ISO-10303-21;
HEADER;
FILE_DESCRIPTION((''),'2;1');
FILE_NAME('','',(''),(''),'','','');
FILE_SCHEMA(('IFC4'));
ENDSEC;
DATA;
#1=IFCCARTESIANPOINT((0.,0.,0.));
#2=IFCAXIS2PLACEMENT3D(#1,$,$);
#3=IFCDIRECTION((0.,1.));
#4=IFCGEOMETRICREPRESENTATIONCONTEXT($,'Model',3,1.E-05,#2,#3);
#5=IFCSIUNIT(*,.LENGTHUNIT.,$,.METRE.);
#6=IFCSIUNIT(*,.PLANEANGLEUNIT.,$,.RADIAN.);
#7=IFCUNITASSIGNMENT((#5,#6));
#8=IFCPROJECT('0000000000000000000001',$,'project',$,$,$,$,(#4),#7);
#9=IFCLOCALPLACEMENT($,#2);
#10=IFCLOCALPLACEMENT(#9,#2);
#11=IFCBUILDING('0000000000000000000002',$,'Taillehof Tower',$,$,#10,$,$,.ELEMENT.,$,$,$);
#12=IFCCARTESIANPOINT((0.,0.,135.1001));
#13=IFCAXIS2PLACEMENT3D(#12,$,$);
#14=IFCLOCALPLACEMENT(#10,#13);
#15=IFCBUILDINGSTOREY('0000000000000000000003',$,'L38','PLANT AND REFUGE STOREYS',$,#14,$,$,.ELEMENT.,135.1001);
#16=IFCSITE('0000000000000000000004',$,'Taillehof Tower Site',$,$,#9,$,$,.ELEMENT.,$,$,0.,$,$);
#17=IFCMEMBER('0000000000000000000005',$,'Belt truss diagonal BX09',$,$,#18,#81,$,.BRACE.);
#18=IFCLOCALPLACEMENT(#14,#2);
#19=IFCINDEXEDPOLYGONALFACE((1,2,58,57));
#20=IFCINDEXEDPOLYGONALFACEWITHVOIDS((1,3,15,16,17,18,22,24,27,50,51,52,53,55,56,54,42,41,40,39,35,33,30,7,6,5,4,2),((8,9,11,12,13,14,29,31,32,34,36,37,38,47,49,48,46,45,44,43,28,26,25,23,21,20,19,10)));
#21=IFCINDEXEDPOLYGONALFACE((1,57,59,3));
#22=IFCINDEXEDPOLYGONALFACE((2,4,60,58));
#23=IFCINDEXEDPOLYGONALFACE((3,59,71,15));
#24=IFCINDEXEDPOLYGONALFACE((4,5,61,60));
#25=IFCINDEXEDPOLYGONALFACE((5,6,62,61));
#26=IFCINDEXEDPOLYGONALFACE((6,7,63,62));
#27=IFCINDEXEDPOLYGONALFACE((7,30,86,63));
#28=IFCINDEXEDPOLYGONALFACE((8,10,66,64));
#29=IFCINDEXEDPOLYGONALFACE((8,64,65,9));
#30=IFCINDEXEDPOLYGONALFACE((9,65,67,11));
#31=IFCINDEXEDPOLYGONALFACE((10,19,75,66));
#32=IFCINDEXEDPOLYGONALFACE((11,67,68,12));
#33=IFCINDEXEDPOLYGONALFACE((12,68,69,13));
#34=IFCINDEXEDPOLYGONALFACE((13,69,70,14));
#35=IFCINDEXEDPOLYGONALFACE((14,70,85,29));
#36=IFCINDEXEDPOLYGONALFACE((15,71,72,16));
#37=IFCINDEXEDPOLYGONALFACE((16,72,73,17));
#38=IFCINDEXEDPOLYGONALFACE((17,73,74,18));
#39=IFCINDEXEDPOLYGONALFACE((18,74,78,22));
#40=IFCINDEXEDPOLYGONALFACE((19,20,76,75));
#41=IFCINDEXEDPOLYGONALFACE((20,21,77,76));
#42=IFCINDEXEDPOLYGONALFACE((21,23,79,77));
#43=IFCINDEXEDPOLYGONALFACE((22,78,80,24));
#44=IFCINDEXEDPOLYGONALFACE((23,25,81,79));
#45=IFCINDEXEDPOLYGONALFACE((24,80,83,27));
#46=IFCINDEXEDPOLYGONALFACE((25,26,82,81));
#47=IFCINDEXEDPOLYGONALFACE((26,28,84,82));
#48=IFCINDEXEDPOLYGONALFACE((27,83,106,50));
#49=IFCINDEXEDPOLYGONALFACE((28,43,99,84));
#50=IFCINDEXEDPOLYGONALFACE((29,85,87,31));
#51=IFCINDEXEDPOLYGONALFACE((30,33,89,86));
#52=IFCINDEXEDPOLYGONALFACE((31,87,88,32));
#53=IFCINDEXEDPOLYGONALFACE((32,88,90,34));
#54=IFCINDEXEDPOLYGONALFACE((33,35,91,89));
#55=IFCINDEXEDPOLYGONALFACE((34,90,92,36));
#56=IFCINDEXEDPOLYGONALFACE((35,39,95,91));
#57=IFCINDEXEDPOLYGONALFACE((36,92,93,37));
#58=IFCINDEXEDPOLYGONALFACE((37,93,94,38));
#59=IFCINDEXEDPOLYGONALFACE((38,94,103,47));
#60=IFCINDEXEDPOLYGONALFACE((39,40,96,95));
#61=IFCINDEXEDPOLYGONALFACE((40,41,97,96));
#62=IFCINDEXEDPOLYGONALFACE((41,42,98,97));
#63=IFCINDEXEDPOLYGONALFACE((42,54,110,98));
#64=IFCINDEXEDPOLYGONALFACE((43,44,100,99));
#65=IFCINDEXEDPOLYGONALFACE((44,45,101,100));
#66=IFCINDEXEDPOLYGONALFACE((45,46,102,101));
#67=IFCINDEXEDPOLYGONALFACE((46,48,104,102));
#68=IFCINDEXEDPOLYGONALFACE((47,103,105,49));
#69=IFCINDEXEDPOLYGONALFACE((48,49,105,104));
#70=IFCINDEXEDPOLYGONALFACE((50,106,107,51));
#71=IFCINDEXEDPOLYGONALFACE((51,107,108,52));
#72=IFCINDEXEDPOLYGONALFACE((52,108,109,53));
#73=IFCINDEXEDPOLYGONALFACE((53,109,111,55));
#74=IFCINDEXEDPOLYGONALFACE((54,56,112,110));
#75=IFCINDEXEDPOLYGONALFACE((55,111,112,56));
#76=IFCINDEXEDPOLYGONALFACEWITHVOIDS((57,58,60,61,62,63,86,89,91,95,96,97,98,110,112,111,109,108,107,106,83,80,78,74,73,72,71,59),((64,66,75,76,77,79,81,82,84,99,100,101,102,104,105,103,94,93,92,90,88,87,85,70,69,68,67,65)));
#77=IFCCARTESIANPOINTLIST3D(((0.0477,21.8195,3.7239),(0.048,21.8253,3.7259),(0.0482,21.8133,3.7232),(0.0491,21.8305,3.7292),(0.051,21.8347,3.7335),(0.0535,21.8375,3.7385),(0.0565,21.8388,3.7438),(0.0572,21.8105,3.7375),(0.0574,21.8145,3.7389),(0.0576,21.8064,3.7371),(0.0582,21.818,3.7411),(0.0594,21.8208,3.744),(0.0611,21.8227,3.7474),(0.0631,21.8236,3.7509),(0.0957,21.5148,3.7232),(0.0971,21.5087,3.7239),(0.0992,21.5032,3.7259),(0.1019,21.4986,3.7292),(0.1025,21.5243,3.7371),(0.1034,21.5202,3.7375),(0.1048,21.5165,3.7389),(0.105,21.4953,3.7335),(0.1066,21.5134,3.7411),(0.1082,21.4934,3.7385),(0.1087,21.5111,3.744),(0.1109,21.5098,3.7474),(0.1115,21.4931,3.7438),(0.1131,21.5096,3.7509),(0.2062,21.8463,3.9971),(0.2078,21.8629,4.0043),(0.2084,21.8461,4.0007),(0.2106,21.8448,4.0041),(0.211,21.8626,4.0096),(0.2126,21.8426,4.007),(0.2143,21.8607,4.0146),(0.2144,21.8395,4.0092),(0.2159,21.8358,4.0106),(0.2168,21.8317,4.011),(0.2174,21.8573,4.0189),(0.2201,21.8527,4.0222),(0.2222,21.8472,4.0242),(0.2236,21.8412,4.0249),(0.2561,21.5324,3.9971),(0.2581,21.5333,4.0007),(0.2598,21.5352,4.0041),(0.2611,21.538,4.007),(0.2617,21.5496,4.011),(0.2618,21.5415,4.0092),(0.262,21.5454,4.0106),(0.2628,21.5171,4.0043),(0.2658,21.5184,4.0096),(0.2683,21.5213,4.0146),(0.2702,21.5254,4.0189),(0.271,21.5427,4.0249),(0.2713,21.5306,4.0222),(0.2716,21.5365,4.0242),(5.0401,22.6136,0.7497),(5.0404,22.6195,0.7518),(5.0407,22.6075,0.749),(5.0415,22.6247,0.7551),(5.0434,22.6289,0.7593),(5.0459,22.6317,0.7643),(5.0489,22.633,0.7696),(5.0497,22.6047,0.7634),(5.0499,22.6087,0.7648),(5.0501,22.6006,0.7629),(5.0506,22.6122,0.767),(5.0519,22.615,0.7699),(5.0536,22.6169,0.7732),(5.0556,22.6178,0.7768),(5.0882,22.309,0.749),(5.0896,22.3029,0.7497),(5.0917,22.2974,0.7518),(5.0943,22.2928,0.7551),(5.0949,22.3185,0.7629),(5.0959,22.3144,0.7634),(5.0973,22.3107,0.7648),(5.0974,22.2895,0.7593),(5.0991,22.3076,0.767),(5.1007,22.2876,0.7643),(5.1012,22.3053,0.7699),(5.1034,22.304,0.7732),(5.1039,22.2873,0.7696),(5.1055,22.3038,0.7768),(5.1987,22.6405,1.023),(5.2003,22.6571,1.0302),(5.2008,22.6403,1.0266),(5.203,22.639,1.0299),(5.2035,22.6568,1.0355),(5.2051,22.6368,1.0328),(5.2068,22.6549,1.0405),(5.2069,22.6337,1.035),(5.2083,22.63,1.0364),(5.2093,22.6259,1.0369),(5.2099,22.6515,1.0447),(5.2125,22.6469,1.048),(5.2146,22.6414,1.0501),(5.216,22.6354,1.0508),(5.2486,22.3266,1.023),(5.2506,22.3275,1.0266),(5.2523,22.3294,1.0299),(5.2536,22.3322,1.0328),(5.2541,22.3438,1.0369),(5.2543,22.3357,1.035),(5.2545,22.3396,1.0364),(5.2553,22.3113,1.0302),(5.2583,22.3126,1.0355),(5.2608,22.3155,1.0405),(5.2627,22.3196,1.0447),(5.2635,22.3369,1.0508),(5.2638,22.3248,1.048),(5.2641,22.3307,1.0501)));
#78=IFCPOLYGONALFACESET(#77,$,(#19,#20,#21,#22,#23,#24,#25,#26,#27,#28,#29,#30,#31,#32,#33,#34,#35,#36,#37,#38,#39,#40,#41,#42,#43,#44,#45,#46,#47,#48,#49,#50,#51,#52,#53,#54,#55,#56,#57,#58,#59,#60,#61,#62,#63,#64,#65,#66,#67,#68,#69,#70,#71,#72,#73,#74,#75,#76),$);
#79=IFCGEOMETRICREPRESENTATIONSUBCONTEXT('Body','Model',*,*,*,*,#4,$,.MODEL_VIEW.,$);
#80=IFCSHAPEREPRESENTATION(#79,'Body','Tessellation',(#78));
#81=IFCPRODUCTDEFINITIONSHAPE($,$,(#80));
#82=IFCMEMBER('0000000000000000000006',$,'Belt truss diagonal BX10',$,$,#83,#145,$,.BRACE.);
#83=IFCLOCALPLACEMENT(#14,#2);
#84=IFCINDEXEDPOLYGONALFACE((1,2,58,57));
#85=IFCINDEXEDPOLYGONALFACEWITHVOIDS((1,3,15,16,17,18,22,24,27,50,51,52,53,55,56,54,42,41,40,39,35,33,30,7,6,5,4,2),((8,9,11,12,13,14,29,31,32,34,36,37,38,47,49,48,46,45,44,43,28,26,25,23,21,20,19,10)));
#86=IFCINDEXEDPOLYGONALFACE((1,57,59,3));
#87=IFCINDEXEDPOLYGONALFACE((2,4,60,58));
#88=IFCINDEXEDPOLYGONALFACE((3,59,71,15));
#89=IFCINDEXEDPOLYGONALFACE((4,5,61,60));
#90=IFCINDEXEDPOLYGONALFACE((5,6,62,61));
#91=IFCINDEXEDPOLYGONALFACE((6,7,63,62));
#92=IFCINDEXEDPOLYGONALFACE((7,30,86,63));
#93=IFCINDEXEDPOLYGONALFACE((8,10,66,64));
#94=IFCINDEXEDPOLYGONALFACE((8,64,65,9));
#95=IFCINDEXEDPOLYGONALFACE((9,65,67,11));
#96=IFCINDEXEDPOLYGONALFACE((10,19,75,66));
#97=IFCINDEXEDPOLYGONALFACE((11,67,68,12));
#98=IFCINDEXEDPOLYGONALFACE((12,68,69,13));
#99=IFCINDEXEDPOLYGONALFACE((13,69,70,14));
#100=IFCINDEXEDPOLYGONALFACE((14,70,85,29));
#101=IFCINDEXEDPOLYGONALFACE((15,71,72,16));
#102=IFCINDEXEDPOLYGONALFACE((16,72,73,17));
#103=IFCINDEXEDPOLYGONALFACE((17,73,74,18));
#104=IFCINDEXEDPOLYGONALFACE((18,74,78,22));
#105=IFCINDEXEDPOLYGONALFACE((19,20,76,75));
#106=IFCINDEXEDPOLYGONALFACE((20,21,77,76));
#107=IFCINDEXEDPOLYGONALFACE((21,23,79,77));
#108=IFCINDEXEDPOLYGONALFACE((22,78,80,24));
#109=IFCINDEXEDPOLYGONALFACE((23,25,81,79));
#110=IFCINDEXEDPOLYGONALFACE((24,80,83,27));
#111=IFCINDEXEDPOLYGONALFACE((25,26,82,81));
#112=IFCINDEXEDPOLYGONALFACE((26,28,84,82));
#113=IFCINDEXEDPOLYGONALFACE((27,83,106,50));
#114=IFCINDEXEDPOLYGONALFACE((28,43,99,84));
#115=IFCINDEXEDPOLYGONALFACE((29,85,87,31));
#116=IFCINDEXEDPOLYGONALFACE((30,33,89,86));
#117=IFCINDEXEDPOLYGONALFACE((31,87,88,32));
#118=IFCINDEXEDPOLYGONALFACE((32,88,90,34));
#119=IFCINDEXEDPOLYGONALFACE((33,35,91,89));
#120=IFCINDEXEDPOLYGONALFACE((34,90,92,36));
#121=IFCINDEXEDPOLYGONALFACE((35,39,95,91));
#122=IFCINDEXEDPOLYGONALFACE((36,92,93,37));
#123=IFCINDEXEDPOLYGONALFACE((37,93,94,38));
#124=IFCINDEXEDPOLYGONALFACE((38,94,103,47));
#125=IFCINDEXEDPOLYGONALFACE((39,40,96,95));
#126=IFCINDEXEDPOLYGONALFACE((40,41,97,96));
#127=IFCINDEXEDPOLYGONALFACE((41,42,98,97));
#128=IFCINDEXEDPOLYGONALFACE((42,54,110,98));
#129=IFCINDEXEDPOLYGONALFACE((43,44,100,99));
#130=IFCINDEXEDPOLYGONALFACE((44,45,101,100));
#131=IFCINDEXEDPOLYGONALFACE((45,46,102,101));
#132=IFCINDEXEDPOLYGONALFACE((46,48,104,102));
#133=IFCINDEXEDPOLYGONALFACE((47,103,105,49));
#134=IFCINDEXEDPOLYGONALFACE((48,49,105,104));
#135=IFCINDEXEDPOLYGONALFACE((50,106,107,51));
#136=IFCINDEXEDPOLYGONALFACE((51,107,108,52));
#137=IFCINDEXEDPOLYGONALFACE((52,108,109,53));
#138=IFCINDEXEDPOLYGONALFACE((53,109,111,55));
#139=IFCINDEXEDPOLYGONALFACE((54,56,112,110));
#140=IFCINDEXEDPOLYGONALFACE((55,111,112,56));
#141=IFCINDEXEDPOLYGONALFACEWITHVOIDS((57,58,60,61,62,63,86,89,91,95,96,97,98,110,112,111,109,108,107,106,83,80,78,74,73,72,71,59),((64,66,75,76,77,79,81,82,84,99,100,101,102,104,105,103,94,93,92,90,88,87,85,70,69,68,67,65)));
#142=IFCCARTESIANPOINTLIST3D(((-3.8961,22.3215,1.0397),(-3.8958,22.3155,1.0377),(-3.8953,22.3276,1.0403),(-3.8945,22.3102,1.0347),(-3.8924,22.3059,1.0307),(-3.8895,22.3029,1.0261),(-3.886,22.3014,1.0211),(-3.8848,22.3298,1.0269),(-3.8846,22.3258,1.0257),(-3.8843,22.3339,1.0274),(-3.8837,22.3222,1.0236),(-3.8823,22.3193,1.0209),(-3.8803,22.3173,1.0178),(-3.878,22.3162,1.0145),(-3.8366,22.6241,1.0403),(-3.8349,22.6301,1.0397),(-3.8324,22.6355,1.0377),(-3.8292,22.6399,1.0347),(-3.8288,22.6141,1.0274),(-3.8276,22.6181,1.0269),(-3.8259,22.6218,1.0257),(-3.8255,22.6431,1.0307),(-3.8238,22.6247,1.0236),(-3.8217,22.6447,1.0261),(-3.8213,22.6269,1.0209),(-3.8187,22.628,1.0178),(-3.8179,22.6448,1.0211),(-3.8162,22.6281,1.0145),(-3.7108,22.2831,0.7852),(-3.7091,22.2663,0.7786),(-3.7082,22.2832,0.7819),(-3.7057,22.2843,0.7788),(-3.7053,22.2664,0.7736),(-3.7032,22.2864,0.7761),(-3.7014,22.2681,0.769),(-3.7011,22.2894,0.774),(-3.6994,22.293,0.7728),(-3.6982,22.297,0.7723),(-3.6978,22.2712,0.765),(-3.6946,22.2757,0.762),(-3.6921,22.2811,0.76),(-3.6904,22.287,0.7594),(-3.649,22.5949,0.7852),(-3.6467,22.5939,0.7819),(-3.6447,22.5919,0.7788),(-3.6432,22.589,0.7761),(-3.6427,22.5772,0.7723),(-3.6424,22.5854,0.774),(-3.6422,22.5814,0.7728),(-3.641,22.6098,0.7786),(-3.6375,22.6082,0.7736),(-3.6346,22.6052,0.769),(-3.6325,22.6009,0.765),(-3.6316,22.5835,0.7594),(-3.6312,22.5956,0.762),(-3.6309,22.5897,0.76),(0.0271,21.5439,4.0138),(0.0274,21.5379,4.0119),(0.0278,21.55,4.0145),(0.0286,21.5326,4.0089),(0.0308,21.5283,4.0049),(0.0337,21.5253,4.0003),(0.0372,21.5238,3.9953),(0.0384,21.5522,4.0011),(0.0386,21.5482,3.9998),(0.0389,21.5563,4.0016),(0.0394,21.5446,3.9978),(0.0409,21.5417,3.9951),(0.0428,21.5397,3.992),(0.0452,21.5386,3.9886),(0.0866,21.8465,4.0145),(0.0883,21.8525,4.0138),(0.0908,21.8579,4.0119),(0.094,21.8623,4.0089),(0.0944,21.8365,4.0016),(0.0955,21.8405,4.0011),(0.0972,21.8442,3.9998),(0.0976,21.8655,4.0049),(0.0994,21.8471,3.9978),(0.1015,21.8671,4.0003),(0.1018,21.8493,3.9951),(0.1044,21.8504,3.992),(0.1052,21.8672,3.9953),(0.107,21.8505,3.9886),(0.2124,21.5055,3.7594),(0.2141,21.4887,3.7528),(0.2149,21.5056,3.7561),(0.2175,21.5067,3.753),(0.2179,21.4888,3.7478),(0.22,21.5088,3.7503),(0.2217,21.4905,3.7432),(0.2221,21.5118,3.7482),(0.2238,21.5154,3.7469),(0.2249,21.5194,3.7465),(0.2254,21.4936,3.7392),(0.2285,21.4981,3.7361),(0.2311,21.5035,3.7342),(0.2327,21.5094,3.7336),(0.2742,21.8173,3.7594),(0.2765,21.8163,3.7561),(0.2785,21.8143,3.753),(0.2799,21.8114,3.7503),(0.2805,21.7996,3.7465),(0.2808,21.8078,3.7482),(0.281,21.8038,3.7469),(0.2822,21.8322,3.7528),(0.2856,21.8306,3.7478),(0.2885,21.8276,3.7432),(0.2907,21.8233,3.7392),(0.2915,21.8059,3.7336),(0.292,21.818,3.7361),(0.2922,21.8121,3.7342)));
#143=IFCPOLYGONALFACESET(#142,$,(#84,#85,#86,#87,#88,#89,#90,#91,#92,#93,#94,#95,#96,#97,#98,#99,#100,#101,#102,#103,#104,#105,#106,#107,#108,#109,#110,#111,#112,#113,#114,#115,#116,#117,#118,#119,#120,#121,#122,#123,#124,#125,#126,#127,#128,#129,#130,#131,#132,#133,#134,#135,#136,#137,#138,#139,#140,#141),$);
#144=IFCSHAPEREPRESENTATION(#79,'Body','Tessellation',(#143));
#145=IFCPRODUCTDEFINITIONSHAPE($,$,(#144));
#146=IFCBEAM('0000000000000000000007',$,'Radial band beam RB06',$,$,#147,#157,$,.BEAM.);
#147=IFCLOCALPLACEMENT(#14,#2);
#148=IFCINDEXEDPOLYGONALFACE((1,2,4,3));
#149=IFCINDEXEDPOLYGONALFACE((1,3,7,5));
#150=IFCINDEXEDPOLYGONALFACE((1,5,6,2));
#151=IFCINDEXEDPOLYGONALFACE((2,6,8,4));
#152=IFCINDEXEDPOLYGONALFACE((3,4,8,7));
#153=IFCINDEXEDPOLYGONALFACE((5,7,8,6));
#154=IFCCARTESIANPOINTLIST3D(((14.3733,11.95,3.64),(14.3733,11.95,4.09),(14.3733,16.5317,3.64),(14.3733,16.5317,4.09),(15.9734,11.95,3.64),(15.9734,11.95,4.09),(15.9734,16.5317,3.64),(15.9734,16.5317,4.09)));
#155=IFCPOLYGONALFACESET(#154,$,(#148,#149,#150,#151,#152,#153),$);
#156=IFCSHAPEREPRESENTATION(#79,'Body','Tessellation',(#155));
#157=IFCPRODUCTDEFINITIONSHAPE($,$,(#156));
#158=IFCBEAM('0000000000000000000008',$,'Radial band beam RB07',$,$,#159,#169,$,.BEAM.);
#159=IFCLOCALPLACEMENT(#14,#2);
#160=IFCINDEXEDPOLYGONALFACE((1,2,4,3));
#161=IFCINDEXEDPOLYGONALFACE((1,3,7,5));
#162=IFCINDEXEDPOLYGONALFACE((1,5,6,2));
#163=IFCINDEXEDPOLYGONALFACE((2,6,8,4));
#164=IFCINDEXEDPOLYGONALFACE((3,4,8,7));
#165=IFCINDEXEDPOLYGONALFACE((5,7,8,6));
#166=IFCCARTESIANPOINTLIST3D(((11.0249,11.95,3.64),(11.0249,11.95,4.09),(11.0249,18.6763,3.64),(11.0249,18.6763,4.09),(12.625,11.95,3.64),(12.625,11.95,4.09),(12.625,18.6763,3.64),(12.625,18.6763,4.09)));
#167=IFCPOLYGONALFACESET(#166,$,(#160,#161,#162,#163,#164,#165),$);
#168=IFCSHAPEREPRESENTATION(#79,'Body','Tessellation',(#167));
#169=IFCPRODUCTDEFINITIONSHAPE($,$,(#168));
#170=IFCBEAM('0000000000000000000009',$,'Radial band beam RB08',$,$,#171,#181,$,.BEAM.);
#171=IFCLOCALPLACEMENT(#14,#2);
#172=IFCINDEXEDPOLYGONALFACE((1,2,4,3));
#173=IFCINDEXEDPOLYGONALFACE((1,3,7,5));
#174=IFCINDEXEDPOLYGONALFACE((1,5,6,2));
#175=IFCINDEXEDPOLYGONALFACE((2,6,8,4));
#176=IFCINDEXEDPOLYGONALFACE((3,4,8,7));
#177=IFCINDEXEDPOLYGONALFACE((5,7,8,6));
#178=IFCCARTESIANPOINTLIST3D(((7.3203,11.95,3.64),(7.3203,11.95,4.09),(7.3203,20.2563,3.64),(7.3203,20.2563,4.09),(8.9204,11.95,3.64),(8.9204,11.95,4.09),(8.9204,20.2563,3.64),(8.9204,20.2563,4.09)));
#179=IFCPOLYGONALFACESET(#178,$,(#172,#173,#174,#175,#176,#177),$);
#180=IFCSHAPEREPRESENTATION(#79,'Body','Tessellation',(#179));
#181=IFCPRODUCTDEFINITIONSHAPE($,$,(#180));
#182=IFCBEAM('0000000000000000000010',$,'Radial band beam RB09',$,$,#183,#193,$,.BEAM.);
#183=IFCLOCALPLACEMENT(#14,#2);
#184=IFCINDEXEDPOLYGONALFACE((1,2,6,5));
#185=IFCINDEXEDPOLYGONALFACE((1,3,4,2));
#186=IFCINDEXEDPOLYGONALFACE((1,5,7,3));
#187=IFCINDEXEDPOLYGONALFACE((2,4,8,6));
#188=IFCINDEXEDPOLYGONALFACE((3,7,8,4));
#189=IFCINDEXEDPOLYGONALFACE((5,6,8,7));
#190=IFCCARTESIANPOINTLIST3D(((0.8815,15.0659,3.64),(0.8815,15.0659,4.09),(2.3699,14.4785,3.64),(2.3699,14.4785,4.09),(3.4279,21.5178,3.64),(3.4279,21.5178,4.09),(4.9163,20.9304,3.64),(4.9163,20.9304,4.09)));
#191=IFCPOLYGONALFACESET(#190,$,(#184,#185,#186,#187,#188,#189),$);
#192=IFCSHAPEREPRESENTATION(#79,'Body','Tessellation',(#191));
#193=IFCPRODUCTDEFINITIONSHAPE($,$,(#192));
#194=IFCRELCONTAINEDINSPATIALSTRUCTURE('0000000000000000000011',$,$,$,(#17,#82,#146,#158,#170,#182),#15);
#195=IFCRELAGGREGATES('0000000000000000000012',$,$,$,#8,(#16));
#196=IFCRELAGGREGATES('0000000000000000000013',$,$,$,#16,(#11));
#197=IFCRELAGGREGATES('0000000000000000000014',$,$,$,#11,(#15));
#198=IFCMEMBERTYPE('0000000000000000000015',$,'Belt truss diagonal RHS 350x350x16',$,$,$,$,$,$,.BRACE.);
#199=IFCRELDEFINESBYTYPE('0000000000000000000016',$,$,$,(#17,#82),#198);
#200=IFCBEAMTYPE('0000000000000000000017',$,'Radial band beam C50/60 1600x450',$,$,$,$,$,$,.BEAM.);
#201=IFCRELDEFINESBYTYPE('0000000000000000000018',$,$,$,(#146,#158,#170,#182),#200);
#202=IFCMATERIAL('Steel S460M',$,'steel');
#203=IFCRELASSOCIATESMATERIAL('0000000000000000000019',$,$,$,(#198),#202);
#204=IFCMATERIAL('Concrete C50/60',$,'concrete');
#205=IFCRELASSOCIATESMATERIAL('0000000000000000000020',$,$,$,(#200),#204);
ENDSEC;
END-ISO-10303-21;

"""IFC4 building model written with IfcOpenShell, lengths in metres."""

from ifc_helpers import new_model, si_unit, direction, frame, origin, origin_2d, place, context, subcontext, project, spatial, rectangle, hollow_rectangle, extrude, material, material_profile, profile_set, type_object, element, save


model = new_model("IFC4")

# Units and contexts
model_context = context("Model", 3, precision=1e-05, world=origin(), true_north=direction((0.0, 1.0)))
body_context = subcontext(model_context, "Body", "Model", "MODEL_VIEW")
ifc_project = project(units=[si_unit("LENGTHUNIT", "METRE"), si_unit("PLANEANGLEUNIT", "RADIAN")], contexts=[model_context])

# Site, building, storey
site_placement = place(None, origin())
site = spatial("IfcSite", under=ifc_project, at=site_placement, Name="Taillehof Tower Site", CompositionType="ELEMENT", RefElevation=0.0)
building_placement = place(site_placement, origin())
building = spatial("IfcBuilding", under=site, at=building_placement, Name="Taillehof Tower", CompositionType="ELEMENT")
storey_placement = place(building_placement, frame((0.0, 0.0, 135.1001)))
storey = spatial("IfcBuildingStorey", under=building, at=storey_placement, Name="L38", Description="PLANT AND REFUGE STOREYS", CompositionType="ELEMENT", Elevation=135.1001)

# Members
ifc_material_1 = material(Name="Steel S460M", Category="steel")
ifc_material_profile_1 = material_profile(ifc_material_1, hollow_rectangle(XDim=0.3501, YDim=0.3501, WallThickness=0.0161, InnerFilletRadius=0.0161, OuterFilletRadius=0.0239, at=origin_2d()), Name="RHS 350x350x16")
ifc_profile_set_1 = profile_set([ifc_material_profile_1], Name="Steel S460M")
member_type_1 = type_object("IfcMemberType", Name="Belt truss diagonal RHS 350x350x16", PredefinedType="BRACE", material=ifc_profile_set_1)
member_1_placement = place(storey_placement, frame((5.1521, 22.4722, 0.8999), z_axis=(-0.851196, -0.135407, 0.50708), x_axis=(0.157103, -0.987582, 0.0)))
element("IfcMember", 1, at=member_1_placement, inside=storey, type_object=member_type_1, Name="Belt truss diagonal BX09", PredefinedType="BRACE", context=body_context, shape_type="SweptSolid", body=[
    extrude(hollow_rectangle(XDim=0.3501, YDim=0.3501, WallThickness=0.0161, InnerFilletRadius=0.0161, OuterFilletRadius=0.0239, at=origin_2d()), origin(), (0.0, 0.0, 1.0), 5.8652),
])
member_2_placement = place(storey_placement, frame((0.1597, 21.678, 3.874), z_axis=(-0.787131, 0.156015, -0.596728), x_axis=(-0.194425, -0.980917, 0.0)))
element("IfcMember", 2, at=member_2_placement, inside=storey, type_object=member_type_1, Name="Belt truss diagonal BX10", PredefinedType="BRACE", context=body_context, shape_type="SweptSolid", body=[
    extrude(hollow_rectangle(XDim=0.3501, YDim=0.3501, WallThickness=0.0161, InnerFilletRadius=0.0161, OuterFilletRadius=0.0239, at=origin_2d()), origin(), (0.0, 0.0, 1.0), 4.9841),
])

# Beams
ifc_material_2 = material(Name="Concrete C50/60", Category="concrete")
ifc_material_profile_2 = material_profile(ifc_material_2, rectangle(XDim=1.6001, YDim=0.45, at=origin_2d()), Name="RC 1600x450")
ifc_profile_set_2 = profile_set([ifc_material_profile_2], Name="Concrete C50/60")
beam_type = type_object("IfcBeamType", Name="Radial band beam C50/60 1600x450", PredefinedType="BEAM", material=ifc_profile_set_2)
beam_1_placement = place(storey_placement, frame((15.1733, 16.5317, 3.865), z_axis=(0.0, -1.0, 0.0), x_axis=(1.0, 0.0, 0.0)))
element("IfcBeam", 3, at=beam_1_placement, inside=storey, type_object=beam_type, Name="Radial band beam RB06", PredefinedType="BEAM", context=body_context, shape_type="SweptSolid", body=[
    extrude(rectangle(XDim=1.6001, YDim=0.45, at=origin_2d()), origin(), (0.0, 0.0, 1.0), 4.5818),
])
beam_2_placement = place(storey_placement, frame((11.825, 18.6763, 3.865), z_axis=(0.0, -1.0, 0.0), x_axis=(1.0, 0.0, 0.0)))
element("IfcBeam", 4, at=beam_2_placement, inside=storey, type_object=beam_type, Name="Radial band beam RB07", PredefinedType="BEAM", context=body_context, shape_type="SweptSolid", body=[
    extrude(rectangle(XDim=1.6001, YDim=0.45, at=origin_2d()), origin(), (0.0, 0.0, 1.0), 6.7263),
])
beam_3_placement = place(storey_placement, frame((8.1204, 20.2563, 3.865), z_axis=(0.0, -1.0, 0.0), x_axis=(1.0, 0.0, 0.0)))
element("IfcBeam", 5, at=beam_3_placement, inside=storey, type_object=beam_type, Name="Radial band beam RB08", PredefinedType="BEAM", context=body_context, shape_type="SweptSolid", body=[
    extrude(rectangle(XDim=1.6001, YDim=0.45, at=origin_2d()), origin(), (0.0, 0.0, 1.0), 8.3064),
])
beam_4_placement = place(storey_placement, frame((4.1721, 21.2241, 3.865), z_axis=(-0.367114, -0.930176, 0.0), x_axis=(0.930176, -0.367114, 0.0)))
element("IfcBeam", 6, at=beam_4_placement, inside=storey, type_object=beam_type, Name="Radial band beam RB09", PredefinedType="BEAM", context=body_context, shape_type="SweptSolid", body=[
    extrude(rectangle(XDim=1.6001, YDim=0.45, at=origin_2d()), origin(), (0.0, 0.0, 1.0), 6.9363),
])

save(model, "model.ifc")
